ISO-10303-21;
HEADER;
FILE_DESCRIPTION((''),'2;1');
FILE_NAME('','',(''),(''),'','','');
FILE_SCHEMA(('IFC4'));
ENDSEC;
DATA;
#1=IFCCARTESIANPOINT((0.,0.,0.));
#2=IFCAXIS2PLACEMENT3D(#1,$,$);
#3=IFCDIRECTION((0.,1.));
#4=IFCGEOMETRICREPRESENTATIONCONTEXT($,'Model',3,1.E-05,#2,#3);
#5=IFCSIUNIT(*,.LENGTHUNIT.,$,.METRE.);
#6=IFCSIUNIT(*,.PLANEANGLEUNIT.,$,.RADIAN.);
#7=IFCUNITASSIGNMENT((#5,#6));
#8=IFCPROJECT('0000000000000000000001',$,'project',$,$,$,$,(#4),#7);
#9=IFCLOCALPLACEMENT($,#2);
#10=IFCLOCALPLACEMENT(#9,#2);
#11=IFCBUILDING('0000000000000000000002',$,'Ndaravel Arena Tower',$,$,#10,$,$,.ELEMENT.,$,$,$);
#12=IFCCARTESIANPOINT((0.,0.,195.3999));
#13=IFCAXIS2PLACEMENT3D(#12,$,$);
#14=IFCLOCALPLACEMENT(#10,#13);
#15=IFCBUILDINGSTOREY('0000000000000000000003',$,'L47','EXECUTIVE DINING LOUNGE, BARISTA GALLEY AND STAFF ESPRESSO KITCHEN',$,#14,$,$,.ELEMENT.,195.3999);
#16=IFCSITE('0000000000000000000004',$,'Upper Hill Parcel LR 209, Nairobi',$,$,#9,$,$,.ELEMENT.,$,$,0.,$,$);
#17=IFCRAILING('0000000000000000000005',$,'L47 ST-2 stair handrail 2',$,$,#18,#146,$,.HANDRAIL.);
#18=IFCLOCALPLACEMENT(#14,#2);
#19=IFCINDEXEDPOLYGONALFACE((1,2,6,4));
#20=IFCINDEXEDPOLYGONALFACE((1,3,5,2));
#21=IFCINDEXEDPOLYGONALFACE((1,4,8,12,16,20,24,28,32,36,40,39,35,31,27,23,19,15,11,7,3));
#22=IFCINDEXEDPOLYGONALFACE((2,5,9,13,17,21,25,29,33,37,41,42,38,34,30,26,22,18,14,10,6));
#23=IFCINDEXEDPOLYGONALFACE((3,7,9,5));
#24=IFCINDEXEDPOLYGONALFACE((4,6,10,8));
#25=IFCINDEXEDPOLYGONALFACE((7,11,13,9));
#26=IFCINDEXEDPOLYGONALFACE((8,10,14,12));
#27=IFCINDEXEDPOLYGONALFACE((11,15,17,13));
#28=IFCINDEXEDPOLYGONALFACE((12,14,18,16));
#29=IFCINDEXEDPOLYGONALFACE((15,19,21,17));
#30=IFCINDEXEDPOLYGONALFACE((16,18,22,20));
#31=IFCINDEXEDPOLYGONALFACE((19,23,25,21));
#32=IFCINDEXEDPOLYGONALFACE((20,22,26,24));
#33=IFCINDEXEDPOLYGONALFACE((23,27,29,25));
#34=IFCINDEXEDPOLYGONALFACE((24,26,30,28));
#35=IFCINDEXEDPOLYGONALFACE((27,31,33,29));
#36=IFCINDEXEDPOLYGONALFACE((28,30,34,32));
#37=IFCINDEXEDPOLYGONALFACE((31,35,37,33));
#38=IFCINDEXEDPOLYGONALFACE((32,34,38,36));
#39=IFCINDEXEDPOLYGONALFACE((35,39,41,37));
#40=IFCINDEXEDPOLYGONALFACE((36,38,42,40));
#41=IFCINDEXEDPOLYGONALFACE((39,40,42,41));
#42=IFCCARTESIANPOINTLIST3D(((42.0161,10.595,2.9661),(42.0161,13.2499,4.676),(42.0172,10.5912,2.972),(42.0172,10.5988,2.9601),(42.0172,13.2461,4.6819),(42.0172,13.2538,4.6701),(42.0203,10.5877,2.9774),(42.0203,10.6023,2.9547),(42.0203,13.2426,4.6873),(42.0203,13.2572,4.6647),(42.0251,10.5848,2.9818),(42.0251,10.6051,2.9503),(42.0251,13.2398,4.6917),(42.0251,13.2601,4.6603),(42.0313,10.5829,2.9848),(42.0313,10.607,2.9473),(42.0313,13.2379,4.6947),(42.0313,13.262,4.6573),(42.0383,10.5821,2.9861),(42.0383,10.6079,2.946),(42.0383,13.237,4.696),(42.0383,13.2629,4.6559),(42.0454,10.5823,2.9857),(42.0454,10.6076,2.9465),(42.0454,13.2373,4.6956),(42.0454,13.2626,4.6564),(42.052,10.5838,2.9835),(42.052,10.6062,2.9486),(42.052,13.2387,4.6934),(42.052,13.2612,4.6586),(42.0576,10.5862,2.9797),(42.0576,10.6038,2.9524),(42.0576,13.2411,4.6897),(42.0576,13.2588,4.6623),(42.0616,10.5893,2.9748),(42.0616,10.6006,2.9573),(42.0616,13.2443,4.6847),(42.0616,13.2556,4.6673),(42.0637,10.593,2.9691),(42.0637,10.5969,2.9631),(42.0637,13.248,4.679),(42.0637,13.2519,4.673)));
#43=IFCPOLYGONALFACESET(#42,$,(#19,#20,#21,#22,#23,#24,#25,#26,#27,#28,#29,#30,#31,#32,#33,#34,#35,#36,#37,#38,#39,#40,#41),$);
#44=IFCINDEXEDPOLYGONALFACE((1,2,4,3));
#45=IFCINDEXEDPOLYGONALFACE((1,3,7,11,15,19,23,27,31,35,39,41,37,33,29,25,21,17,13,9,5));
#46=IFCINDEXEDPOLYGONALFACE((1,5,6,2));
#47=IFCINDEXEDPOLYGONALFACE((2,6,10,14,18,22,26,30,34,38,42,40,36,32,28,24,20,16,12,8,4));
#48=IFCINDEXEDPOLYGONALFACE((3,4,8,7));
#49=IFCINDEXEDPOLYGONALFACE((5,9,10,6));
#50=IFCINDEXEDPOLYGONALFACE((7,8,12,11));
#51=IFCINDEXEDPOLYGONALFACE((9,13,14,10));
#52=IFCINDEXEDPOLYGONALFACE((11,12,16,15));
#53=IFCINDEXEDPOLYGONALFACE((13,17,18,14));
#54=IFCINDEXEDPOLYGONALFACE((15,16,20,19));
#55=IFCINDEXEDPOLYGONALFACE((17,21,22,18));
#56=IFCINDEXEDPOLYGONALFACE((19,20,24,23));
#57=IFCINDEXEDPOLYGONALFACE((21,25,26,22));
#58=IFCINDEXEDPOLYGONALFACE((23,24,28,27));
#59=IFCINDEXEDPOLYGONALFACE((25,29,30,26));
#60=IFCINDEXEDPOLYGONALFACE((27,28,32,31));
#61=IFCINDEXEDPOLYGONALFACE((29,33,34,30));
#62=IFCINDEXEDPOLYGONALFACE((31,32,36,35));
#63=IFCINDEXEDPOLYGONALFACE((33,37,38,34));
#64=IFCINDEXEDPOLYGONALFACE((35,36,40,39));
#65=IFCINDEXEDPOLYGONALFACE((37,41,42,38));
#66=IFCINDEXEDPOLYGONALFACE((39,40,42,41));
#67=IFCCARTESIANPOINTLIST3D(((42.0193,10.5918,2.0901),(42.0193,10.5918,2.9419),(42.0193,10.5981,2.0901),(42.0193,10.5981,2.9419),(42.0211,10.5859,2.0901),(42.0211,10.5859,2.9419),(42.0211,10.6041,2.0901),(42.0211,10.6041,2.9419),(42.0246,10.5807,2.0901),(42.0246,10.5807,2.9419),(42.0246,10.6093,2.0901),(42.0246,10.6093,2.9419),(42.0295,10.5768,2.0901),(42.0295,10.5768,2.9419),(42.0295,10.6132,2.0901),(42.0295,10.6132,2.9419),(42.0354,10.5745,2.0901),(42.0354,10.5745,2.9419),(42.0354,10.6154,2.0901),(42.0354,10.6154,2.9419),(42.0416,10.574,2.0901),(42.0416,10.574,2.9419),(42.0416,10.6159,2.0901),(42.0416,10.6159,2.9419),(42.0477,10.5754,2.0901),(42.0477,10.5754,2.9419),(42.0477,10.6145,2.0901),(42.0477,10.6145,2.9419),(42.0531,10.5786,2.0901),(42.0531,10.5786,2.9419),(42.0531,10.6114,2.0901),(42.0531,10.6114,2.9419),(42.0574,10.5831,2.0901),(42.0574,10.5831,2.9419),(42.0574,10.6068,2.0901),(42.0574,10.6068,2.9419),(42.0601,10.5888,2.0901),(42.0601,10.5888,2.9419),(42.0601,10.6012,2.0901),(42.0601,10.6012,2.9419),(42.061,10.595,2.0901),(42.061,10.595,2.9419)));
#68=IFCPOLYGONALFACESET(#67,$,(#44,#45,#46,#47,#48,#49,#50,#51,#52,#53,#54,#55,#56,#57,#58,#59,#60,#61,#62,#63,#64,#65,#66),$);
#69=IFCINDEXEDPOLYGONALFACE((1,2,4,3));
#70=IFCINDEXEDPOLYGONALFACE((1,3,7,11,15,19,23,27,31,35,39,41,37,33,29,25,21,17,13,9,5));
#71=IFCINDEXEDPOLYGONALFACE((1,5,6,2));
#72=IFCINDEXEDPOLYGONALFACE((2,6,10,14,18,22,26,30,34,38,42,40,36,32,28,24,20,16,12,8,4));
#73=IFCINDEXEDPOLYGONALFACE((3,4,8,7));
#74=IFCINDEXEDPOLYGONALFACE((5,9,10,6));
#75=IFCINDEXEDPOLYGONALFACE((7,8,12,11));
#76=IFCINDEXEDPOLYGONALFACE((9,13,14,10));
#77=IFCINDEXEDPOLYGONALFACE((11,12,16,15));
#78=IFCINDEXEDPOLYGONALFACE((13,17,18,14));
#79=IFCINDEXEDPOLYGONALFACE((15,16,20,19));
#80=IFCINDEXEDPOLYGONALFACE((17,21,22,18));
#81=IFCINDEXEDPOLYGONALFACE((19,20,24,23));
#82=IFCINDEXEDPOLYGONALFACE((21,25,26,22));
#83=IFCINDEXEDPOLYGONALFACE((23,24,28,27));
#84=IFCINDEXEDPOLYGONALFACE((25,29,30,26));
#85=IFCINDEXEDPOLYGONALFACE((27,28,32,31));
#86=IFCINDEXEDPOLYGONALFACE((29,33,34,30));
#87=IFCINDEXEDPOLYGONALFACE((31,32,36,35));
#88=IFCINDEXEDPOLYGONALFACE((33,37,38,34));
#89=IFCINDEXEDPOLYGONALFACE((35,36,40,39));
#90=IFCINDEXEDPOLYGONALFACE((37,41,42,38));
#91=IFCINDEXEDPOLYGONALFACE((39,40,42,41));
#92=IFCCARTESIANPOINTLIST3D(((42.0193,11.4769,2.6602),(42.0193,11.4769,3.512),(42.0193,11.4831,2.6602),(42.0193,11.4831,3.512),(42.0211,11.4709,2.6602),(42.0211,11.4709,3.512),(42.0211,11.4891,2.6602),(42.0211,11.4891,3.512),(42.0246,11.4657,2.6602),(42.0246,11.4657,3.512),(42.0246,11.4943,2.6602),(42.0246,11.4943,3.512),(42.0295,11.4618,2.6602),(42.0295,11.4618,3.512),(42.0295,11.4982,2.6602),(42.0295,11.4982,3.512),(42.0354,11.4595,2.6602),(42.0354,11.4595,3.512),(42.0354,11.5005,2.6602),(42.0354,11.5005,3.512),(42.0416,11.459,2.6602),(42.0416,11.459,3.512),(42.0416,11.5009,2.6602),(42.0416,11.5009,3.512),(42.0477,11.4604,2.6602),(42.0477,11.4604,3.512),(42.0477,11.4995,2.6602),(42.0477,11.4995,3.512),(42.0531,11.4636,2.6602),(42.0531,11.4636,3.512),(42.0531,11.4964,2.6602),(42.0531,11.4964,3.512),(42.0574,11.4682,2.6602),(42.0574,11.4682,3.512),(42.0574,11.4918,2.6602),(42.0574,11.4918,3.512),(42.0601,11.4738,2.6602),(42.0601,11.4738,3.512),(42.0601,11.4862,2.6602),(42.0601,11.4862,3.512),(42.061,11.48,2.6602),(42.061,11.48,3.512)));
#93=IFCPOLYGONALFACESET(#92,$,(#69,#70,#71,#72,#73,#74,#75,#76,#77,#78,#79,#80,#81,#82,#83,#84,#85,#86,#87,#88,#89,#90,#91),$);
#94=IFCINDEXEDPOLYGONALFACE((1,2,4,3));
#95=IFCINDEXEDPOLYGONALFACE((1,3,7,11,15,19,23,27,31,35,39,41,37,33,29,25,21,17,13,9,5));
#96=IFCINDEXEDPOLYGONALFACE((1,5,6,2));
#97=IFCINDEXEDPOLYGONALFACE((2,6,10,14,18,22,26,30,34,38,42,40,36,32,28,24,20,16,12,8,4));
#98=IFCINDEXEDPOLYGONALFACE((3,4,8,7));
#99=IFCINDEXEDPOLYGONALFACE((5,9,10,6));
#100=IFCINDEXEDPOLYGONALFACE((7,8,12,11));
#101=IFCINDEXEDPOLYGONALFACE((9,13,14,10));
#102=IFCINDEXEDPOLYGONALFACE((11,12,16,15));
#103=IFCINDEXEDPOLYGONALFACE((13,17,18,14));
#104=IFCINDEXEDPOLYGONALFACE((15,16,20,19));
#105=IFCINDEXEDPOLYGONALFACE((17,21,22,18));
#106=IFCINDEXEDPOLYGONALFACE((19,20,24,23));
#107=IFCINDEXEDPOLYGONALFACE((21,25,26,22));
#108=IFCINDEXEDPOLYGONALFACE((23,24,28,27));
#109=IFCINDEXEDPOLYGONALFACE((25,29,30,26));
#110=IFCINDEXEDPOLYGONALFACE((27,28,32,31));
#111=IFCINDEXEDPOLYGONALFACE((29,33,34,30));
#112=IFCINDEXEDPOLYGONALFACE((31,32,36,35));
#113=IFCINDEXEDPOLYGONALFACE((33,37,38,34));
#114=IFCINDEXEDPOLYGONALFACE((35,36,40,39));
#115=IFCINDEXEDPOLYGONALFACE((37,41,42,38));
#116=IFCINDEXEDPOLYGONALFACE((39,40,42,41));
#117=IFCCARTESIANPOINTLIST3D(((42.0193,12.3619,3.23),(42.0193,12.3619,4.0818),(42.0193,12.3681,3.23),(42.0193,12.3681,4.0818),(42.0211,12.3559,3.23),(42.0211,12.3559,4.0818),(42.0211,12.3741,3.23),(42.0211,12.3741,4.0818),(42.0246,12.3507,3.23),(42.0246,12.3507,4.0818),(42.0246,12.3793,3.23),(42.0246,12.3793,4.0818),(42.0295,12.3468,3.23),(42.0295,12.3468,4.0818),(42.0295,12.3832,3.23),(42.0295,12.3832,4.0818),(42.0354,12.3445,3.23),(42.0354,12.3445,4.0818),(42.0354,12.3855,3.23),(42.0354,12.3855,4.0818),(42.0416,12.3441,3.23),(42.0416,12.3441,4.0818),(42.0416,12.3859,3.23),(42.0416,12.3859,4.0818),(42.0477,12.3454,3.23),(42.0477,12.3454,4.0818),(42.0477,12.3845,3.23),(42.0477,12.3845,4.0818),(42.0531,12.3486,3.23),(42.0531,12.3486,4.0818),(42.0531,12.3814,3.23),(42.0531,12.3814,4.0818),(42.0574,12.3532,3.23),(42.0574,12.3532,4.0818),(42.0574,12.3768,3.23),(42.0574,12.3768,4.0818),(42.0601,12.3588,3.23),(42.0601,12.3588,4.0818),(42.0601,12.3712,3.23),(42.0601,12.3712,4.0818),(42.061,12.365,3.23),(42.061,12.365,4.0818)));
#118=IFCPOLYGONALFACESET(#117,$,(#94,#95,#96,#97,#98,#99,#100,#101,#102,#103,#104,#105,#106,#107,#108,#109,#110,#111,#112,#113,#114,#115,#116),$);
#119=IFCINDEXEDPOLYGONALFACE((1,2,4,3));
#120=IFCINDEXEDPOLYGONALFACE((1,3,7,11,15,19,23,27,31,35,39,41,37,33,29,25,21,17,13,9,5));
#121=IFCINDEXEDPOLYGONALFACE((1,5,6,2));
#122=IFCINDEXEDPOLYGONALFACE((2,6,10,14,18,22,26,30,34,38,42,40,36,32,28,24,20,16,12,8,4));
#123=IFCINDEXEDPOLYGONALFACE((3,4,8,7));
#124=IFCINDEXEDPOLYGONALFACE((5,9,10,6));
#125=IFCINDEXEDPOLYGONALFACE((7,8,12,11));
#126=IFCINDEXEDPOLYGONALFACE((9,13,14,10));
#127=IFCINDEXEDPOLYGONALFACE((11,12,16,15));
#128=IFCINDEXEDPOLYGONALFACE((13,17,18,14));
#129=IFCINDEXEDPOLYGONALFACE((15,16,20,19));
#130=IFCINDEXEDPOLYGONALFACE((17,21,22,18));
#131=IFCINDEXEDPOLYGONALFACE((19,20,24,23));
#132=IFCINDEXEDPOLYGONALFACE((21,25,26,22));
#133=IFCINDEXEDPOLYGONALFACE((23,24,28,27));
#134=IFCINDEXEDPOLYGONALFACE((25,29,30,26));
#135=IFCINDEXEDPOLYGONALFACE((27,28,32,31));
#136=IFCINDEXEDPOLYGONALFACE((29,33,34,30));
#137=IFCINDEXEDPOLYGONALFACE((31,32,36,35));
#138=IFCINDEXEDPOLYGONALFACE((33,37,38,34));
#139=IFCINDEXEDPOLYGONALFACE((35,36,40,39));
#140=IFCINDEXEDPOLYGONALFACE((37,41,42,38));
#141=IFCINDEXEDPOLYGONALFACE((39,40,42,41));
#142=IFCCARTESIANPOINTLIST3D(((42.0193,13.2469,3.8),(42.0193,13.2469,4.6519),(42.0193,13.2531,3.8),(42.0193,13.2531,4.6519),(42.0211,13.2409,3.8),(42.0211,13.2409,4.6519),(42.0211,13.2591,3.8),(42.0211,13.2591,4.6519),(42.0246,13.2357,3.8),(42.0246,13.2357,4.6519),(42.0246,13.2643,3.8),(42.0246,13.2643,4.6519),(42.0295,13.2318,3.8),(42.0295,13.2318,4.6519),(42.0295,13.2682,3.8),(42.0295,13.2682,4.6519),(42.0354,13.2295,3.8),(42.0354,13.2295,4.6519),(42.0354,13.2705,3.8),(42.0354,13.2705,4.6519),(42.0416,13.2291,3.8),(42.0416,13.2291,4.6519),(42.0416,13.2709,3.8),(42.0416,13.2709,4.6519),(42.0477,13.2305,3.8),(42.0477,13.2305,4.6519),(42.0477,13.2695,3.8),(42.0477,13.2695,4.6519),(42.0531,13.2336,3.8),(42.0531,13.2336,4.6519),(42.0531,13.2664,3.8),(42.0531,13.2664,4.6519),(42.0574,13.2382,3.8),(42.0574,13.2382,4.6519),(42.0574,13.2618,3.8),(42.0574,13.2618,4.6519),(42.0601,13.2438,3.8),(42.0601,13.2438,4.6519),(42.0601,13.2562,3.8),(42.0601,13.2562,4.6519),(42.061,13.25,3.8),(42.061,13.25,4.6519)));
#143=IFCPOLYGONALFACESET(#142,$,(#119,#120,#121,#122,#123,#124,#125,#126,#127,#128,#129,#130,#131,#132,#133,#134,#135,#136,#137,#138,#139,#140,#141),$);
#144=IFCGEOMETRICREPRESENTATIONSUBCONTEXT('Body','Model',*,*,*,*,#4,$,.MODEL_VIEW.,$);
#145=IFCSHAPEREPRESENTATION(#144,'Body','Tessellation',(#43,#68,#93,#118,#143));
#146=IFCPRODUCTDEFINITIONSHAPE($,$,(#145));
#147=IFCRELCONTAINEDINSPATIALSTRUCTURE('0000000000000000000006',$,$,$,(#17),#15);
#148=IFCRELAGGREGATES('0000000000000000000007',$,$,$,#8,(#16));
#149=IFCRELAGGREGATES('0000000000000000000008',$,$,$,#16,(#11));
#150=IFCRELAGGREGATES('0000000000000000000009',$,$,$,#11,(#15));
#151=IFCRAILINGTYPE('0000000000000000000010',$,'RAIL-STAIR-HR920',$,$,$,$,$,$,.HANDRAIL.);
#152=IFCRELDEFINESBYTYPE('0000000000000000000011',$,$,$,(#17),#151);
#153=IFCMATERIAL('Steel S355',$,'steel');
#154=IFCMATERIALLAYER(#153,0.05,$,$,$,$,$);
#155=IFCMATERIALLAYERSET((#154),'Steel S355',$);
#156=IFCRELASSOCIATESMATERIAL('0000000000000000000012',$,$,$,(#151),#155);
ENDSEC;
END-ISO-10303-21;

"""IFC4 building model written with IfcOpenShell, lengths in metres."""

from ifc_helpers import new_model, si_unit, direction, frame, origin, origin_2d, place, context, subcontext, project, spatial, circle, extrude, material, layer, layer_set, type_object, element, save


model = new_model("IFC4")

# Units and contexts
model_context = context("Model", 3, precision=1e-05, world=origin(), true_north=direction((0.0, 1.0)))
body_context = subcontext(model_context, "Body", "Model", "MODEL_VIEW")
ifc_project = project(units=[si_unit("LENGTHUNIT", "METRE"), si_unit("PLANEANGLEUNIT", "RADIAN")], contexts=[model_context])

# Site, building, storey
site_placement = place(None, origin())
site = spatial("IfcSite", under=ifc_project, at=site_placement, Name="Upper Hill Parcel LR 209, Nairobi", CompositionType="ELEMENT", RefElevation=0.0)
building_placement = place(site_placement, origin())
building = spatial("IfcBuilding", under=site, at=building_placement, Name="Ndaravel Arena Tower", CompositionType="ELEMENT")
storey_placement = place(building_placement, frame((0.0, 0.0, 195.3999)))
storey = spatial("IfcBuildingStorey", under=building, at=storey_placement, Name="L47", Description="EXECUTIVE DINING LOUNGE, BARISTA GALLEY AND STAFF ESPRESSO KITCHEN", CompositionType="ELEMENT", Elevation=195.3999)

# Railing
ifc_material_1 = material(Name="Steel S355", Category="steel")
ifc_layer_1 = layer(ifc_material_1, 0.05)
ifc_layer_set_1 = layer_set([ifc_layer_1], Name="Steel S355")
railing_type_1 = type_object("IfcRailingType", Name="RAIL-STAIR-HR920", PredefinedType="HANDRAIL", material=ifc_layer_set_1)
railing_1_placement = place(storey_placement, frame((42.04, 10.595, 2.0901)))
element("IfcRailing", 1, at=railing_1_placement, inside=storey, type_object=railing_type_1, Name="L47 ST-2 stair handrail 2", PredefinedType="HANDRAIL", context=body_context, shape_type="SweptSolid", body=[
    extrude(circle(Radius=0.0239, at=origin_2d()), frame((0.0, 0.0, 0.876), z_axis=(0.0, 0.840724, 0.541465), x_axis=(-1.0, 0.0, 0.0)), (0.0, 0.0, 1.0), 3.158),
    extrude(circle(Radius=0.021, at=origin_2d()), origin(), (0.0, 0.0, 1.0), 0.8518),
    extrude(circle(Radius=0.021, at=origin_2d()), frame((0.0, 0.885, 0.5701)), (0.0, 0.0, 1.0), 0.8518),
    extrude(circle(Radius=0.021, at=origin_2d()), frame((0.0, 1.77, 1.1399)), (0.0, 0.0, 1.0), 0.8518),
    extrude(circle(Radius=0.021, at=origin_2d()), frame((0.0, 2.655, 1.71)), (0.0, 0.0, 1.0), 0.8518),
])

save(model, "model.ifc")
